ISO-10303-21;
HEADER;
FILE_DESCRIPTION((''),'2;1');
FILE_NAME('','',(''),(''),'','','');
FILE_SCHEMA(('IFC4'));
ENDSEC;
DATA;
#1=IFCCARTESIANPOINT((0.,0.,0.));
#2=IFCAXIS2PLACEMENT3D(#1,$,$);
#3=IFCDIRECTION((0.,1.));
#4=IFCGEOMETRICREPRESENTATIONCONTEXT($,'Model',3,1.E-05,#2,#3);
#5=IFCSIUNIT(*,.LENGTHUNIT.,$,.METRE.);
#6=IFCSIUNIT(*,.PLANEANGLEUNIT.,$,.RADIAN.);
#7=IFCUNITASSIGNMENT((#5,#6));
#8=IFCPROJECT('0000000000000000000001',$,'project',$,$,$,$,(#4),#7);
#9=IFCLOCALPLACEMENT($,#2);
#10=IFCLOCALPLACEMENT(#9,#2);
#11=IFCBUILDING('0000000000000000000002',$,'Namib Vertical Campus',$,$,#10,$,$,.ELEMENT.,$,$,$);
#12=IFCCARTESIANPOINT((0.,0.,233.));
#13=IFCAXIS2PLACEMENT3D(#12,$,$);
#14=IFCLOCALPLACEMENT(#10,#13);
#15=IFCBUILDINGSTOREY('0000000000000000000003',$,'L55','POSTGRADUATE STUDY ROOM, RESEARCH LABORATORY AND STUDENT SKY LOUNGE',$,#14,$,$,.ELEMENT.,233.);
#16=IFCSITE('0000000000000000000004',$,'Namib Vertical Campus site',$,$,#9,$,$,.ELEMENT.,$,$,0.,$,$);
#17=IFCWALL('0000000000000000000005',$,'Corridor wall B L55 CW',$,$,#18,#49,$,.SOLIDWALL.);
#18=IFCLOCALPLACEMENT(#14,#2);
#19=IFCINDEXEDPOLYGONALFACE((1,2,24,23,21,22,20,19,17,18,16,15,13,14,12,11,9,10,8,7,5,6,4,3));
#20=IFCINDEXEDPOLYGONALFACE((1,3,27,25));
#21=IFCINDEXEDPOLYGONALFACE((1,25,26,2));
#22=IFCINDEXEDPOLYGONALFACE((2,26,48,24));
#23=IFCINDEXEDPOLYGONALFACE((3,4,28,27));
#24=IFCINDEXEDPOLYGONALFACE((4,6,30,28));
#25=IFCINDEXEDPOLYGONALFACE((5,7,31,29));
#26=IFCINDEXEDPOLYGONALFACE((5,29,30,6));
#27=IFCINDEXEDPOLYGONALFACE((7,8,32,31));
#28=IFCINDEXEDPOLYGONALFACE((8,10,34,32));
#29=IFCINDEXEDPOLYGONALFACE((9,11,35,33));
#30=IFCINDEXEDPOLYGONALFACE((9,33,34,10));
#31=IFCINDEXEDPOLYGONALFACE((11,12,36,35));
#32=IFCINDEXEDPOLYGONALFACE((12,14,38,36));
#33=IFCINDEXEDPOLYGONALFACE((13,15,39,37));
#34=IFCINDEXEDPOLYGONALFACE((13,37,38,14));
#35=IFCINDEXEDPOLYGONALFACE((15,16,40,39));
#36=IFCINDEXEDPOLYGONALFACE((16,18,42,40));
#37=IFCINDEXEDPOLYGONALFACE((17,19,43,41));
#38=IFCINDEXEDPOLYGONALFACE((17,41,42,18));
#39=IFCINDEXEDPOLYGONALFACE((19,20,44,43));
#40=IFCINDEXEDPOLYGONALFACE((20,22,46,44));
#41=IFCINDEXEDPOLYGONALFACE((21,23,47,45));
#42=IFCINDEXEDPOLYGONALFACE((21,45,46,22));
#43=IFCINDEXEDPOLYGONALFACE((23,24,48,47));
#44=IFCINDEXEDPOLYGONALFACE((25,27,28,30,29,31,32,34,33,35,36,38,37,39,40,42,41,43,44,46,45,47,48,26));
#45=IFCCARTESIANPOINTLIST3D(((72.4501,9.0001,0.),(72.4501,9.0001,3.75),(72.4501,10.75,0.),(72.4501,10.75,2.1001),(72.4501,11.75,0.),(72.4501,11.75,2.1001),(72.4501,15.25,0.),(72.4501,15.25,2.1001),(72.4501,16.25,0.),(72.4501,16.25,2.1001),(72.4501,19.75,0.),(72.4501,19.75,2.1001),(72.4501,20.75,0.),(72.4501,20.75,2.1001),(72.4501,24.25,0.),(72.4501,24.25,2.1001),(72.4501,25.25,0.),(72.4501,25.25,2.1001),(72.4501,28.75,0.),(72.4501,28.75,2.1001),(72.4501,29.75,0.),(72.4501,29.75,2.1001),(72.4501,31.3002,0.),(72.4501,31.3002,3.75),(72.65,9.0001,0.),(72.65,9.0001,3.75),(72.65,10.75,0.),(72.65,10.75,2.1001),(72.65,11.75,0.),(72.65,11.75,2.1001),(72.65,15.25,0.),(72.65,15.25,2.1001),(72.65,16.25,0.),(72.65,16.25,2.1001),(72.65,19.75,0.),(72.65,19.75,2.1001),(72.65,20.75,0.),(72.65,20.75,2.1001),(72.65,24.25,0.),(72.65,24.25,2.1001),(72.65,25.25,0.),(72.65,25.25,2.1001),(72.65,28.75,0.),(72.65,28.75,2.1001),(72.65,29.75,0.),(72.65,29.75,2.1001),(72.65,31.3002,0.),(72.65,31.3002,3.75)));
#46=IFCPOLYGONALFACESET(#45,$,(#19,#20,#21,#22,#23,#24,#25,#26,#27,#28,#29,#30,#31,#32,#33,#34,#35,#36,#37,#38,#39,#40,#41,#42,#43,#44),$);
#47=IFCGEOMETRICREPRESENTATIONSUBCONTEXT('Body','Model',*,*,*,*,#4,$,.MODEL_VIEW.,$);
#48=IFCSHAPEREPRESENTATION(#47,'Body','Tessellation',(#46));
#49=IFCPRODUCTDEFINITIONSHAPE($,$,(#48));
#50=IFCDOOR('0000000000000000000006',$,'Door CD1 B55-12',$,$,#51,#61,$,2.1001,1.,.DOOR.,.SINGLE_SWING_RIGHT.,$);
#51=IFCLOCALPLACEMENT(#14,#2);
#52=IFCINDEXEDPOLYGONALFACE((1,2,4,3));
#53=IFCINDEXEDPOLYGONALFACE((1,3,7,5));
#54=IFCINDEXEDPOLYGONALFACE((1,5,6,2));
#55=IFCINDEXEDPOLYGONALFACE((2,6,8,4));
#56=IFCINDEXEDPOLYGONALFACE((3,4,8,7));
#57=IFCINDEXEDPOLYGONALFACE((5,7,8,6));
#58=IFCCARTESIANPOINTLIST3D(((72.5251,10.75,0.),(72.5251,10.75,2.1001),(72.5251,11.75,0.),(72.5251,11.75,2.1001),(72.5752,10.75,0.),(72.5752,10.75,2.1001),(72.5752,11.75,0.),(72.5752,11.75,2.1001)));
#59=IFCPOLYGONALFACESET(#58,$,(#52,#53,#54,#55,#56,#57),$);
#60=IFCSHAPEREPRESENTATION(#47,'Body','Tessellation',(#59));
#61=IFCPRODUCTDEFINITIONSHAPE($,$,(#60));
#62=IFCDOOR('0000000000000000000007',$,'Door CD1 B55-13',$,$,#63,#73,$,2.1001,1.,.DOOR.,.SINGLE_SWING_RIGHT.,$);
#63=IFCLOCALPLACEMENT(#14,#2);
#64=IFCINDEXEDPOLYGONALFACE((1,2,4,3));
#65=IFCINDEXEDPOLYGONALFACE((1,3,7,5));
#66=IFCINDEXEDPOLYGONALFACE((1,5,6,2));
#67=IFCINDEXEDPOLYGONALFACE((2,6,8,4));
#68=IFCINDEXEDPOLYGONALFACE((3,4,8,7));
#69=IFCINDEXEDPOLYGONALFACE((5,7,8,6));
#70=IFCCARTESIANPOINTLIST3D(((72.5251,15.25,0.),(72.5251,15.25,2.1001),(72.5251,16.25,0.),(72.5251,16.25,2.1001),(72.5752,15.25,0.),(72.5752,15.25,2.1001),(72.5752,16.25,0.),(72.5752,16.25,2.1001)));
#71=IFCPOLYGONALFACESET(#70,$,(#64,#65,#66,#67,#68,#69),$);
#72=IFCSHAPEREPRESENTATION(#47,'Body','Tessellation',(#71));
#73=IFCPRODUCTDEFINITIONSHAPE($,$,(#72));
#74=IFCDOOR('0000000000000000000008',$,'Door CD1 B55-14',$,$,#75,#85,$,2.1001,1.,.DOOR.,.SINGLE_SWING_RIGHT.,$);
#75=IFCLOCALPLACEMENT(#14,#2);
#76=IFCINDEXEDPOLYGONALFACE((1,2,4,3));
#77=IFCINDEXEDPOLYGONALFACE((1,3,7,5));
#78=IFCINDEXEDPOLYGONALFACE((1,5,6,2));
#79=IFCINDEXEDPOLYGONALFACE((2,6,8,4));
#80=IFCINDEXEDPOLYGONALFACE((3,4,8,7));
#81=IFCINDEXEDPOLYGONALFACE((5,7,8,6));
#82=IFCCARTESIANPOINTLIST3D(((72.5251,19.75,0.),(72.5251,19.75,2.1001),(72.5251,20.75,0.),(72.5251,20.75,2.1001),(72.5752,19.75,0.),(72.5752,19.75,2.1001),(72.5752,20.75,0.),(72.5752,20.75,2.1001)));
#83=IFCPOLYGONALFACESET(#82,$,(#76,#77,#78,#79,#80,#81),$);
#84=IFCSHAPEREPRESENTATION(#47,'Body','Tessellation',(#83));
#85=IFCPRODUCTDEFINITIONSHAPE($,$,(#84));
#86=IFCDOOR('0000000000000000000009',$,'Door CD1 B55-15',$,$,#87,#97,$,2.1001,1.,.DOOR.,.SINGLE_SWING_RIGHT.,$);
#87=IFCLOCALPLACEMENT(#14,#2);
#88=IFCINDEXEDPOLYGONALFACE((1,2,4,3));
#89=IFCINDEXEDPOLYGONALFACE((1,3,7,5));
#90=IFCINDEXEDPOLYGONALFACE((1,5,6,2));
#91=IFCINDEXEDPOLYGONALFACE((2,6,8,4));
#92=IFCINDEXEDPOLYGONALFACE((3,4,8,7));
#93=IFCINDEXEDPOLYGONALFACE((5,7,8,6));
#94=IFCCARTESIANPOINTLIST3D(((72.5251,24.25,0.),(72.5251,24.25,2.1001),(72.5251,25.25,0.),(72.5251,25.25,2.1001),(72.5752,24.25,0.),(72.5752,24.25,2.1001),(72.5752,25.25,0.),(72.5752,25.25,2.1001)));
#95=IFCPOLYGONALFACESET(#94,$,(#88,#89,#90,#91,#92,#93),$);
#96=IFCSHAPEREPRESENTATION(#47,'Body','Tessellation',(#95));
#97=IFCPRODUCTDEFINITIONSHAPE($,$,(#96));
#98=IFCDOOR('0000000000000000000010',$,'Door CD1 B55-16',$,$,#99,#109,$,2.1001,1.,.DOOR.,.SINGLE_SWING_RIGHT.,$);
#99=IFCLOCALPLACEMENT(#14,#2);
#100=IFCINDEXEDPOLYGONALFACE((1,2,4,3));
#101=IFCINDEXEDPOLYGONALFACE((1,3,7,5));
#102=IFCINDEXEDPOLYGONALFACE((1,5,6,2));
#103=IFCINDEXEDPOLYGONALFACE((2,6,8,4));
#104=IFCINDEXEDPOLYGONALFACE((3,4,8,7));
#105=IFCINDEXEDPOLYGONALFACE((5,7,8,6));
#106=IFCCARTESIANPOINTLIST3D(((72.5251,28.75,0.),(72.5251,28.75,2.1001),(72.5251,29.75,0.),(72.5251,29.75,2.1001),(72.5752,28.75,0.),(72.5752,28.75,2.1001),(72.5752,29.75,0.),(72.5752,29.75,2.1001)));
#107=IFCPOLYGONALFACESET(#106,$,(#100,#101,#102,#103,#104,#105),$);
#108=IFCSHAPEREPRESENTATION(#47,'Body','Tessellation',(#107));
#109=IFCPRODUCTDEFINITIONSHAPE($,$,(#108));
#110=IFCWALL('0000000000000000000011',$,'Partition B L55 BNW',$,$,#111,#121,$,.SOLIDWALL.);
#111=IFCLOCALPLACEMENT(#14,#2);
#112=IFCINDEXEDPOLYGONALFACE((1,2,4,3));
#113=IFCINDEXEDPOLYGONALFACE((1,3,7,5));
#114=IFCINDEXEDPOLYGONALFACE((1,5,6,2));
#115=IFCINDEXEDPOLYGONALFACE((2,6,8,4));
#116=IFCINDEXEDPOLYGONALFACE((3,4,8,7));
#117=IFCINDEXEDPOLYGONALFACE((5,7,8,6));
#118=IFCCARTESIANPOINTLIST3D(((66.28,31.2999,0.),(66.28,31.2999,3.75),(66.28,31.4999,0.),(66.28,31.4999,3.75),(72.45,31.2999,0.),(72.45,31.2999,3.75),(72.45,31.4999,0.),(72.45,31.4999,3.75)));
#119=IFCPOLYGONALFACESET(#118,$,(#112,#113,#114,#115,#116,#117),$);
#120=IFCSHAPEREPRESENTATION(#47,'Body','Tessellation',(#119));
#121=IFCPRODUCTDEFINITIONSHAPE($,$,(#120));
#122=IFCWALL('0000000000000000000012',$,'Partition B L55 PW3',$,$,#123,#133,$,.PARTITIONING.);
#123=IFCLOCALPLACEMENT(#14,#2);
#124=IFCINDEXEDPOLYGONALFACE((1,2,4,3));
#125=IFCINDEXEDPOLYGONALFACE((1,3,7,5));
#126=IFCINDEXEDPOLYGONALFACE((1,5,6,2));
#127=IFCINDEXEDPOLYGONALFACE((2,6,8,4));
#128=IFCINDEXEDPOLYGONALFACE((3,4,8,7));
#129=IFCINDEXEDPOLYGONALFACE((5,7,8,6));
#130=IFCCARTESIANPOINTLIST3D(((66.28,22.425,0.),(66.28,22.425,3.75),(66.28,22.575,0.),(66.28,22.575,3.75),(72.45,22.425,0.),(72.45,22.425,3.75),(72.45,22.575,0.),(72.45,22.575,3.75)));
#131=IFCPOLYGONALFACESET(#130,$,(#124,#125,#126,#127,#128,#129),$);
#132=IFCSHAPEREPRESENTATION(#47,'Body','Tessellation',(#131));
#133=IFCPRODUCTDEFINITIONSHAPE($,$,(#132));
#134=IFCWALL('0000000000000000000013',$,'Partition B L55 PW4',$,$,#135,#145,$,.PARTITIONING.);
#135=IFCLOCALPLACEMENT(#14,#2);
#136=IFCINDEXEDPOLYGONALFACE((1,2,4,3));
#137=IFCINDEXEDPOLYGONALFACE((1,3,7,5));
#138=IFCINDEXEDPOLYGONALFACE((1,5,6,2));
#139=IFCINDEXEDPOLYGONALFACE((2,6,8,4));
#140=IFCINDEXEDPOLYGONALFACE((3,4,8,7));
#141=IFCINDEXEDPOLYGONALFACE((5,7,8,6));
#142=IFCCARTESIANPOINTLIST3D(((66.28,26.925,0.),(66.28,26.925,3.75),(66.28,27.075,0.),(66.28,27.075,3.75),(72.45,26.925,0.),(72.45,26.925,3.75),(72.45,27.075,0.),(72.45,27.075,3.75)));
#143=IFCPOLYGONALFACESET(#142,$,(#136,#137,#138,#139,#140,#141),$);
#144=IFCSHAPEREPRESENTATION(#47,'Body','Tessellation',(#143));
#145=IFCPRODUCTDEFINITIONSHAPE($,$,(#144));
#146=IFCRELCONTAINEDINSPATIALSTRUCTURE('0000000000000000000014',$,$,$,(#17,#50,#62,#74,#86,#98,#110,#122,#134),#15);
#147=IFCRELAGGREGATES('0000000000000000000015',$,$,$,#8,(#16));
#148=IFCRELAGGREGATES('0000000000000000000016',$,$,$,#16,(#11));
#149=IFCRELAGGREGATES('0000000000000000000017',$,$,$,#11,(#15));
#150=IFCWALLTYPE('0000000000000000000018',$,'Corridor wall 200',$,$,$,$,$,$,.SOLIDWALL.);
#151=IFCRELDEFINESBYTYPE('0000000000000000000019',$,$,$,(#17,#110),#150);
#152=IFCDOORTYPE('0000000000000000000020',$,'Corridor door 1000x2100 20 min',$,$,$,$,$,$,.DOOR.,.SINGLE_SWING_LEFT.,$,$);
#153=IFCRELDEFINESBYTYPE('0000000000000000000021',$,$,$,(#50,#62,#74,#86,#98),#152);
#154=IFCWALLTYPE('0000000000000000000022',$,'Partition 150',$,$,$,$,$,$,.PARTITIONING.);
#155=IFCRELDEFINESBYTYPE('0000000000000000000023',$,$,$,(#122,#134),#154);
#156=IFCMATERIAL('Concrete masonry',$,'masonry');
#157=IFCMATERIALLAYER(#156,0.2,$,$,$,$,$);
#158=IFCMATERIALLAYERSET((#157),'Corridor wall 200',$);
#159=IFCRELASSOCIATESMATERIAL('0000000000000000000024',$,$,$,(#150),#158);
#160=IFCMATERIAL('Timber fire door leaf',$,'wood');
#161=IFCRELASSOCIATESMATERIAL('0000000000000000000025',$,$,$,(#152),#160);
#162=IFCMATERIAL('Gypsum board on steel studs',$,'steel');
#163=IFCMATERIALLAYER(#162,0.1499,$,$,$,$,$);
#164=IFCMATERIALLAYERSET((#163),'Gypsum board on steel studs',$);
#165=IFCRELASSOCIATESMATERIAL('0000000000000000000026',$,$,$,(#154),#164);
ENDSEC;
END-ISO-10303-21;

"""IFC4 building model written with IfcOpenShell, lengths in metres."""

from ifc_helpers import new_model, si_unit, direction, frame, frame_2d, origin, place, context, subcontext, project, spatial, rectangle, extrude, material, layer, layer_set, type_object, element, fill, save


model = new_model("IFC4")

# Units and contexts
model_context = context("Model", 3, precision=1e-05, world=origin(), true_north=direction((0.0, 1.0)))
body_context = subcontext(model_context, "Body", "Model", "MODEL_VIEW")
ifc_project = project(units=[si_unit("LENGTHUNIT", "METRE"), si_unit("PLANEANGLEUNIT", "RADIAN")], contexts=[model_context])

# Site, building, storey
site_placement = place(None, origin())
site = spatial("IfcSite", under=ifc_project, at=site_placement, Name="Namib Vertical Campus site", CompositionType="ELEMENT", RefElevation=0.0)
building_placement = place(site_placement, origin())
building = spatial("IfcBuilding", under=site, at=building_placement, Name="Namib Vertical Campus", CompositionType="ELEMENT")
storey_placement = place(building_placement, frame((0.0, 0.0, 233.0)))
storey = spatial("IfcBuildingStorey", under=building, at=storey_placement, Name="L55", Description="POSTGRADUATE STUDY ROOM, RESEARCH LABORATORY AND STUDENT SKY LOUNGE", CompositionType="ELEMENT", Elevation=233.0)

# Wall, openings, doors
ifc_material_1 = material(Name="Concrete masonry", Category="masonry")
ifc_layer_1 = layer(ifc_material_1, 0.2)
ifc_layer_set_1 = layer_set([ifc_layer_1], Name="Corridor wall 200")
wall_type_1 = type_object("IfcWallType", Name="Corridor wall 200", PredefinedType="SOLIDWALL", material=ifc_layer_set_1)
wall_1_placement = place(storey_placement, frame((72.55, 31.3, 0.0), z_axis=(0.0, 0.0, 1.0), x_axis=(0.0, -1.0, 0.0)))
wall_1 = element("IfcWall", 1, at=wall_1_placement, inside=storey, type_object=wall_type_1, Name="Corridor wall B L55 CW", PredefinedType="SOLIDWALL", context=body_context, shape_type="SweptSolid", body=[
    extrude(rectangle(XDim=22.3, YDim=0.2, at=frame_2d((11.1499, 0.0))), origin(), (0.0, 0.0, 1.0), 3.75),
])
opening_1_placement = place(wall_1_placement, frame((19.55, 0.0, 0.0)))
opening_1 = element("IfcOpeningElement", 2, at=opening_1_placement, cuts=wall_1, PredefinedType="OPENING", context=body_context, shape_type="SweptSolid", body=[
    extrude(rectangle(XDim=1.0, YDim=2.1001, at=frame_2d((0.5, 1.05))), frame((0.0, 0.1099, 0.0), z_axis=(0.0, -1.0, 0.0), x_axis=(1.0, 0.0, 0.0)), (0.0, 0.0, 1.0), 0.22),
])
opening_2_placement = place(wall_1_placement, frame((15.05, 0.0, 0.0)))
opening_2 = element("IfcOpeningElement", 3, at=opening_2_placement, cuts=wall_1, PredefinedType="OPENING", context=body_context, shape_type="SweptSolid", body=[
    extrude(rectangle(XDim=1.0, YDim=2.1001, at=frame_2d((0.5, 1.05))), frame((0.0, 0.1099, 0.0), z_axis=(0.0, -1.0, 0.0), x_axis=(1.0, 0.0, 0.0)), (0.0, 0.0, 1.0), 0.22),
])
opening_3_placement = place(wall_1_placement, frame((10.55, 0.0, 0.0)))
opening_3 = element("IfcOpeningElement", 4, at=opening_3_placement, cuts=wall_1, PredefinedType="OPENING", context=body_context, shape_type="SweptSolid", body=[
    extrude(rectangle(XDim=1.0, YDim=2.1001, at=frame_2d((0.5, 1.05))), frame((0.0, 0.1099, 0.0), z_axis=(0.0, -1.0, 0.0), x_axis=(1.0, 0.0, 0.0)), (0.0, 0.0, 1.0), 0.22),
])
opening_4_placement = place(wall_1_placement, frame((6.05, 0.0, 0.0)))
opening_4 = element("IfcOpeningElement", 5, at=opening_4_placement, cuts=wall_1, PredefinedType="OPENING", context=body_context, shape_type="SweptSolid", body=[
    extrude(rectangle(XDim=1.0, YDim=2.1001, at=frame_2d((0.5, 1.05))), frame((0.0, 0.1099, 0.0), z_axis=(0.0, -1.0, 0.0), x_axis=(1.0, 0.0, 0.0)), (0.0, 0.0, 1.0), 0.22),
])
opening_5_placement = place(wall_1_placement, frame((1.55, 0.0, 0.0)))
opening_5 = element("IfcOpeningElement", 6, at=opening_5_placement, cuts=wall_1, PredefinedType="OPENING", context=body_context, shape_type="SweptSolid", body=[
    extrude(rectangle(XDim=1.0, YDim=2.1001, at=frame_2d((0.5, 1.05))), frame((0.0, 0.1099, 0.0), z_axis=(0.0, -1.0, 0.0), x_axis=(1.0, 0.0, 0.0)), (0.0, 0.0, 1.0), 0.22),
])
ifc_material_2 = material(Name="Timber fire door leaf", Category="wood")
door_type = type_object("IfcDoorType", Name="Corridor door 1000x2100 20 min", OperationType="SINGLE_SWING_LEFT", PredefinedType="DOOR", material=ifc_material_2)
door_1_placement = place(opening_1_placement, frame((1.0, 0.0, 0.0), z_axis=(0.0, 0.0, 1.0), x_axis=(-1.0, 0.0, 0.0)))
door_1 = element("IfcDoor", 7, at=door_1_placement, inside=storey, type_object=door_type, Name="Door CD1 B55-12", OperationType="SINGLE_SWING_RIGHT", OverallHeight=2.1001, OverallWidth=1.0, PredefinedType="DOOR", context=body_context, shape_type="SweptSolid", body=[
    extrude(rectangle(XDim=1.0, YDim=2.1001, at=frame_2d((0.5, 1.05))), frame((0.0, 0.0249, 0.0), z_axis=(0.0, -1.0, 0.0), x_axis=(1.0, 0.0, 0.0)), (0.0, 0.0, 1.0), 0.05),
])
fill(opening_1, door_1)
door_2_placement = place(opening_2_placement, frame((1.0, 0.0, 0.0), z_axis=(0.0, 0.0, 1.0), x_axis=(-1.0, 0.0, 0.0)))
door_2 = element("IfcDoor", 8, at=door_2_placement, inside=storey, type_object=door_type, Name="Door CD1 B55-13", OperationType="SINGLE_SWING_RIGHT", OverallHeight=2.1001, OverallWidth=1.0, PredefinedType="DOOR", context=body_context, shape_type="SweptSolid", body=[
    extrude(rectangle(XDim=1.0, YDim=2.1001, at=frame_2d((0.5, 1.05))), frame((0.0, 0.0249, 0.0), z_axis=(0.0, -1.0, 0.0), x_axis=(1.0, 0.0, 0.0)), (0.0, 0.0, 1.0), 0.05),
])
fill(opening_2, door_2)
door_3_placement = place(opening_3_placement, frame((1.0, 0.0, 0.0), z_axis=(0.0, 0.0, 1.0), x_axis=(-1.0, 0.0, 0.0)))
door_3 = element("IfcDoor", 9, at=door_3_placement, inside=storey, type_object=door_type, Name="Door CD1 B55-14", OperationType="SINGLE_SWING_RIGHT", OverallHeight=2.1001, OverallWidth=1.0, PredefinedType="DOOR", context=body_context, shape_type="SweptSolid", body=[
    extrude(rectangle(XDim=1.0, YDim=2.1001, at=frame_2d((0.5, 1.05))), frame((0.0, 0.0249, 0.0), z_axis=(0.0, -1.0, 0.0), x_axis=(1.0, 0.0, 0.0)), (0.0, 0.0, 1.0), 0.05),
])
fill(opening_3, door_3)
door_4_placement = place(opening_4_placement, frame((1.0, 0.0, 0.0), z_axis=(0.0, 0.0, 1.0), x_axis=(-1.0, 0.0, 0.0)))
door_4 = element("IfcDoor", 10, at=door_4_placement, inside=storey, type_object=door_type, Name="Door CD1 B55-15", OperationType="SINGLE_SWING_RIGHT", OverallHeight=2.1001, OverallWidth=1.0, PredefinedType="DOOR", context=body_context, shape_type="SweptSolid", body=[
    extrude(rectangle(XDim=1.0, YDim=2.1001, at=frame_2d((0.5, 1.05))), frame((0.0, 0.0249, 0.0), z_axis=(0.0, -1.0, 0.0), x_axis=(1.0, 0.0, 0.0)), (0.0, 0.0, 1.0), 0.05),
])
fill(opening_4, door_4)
door_5_placement = place(opening_5_placement, frame((1.0, 0.0, 0.0), z_axis=(0.0, 0.0, 1.0), x_axis=(-1.0, 0.0, 0.0)))
door_5 = element("IfcDoor", 11, at=door_5_placement, inside=storey, type_object=door_type, Name="Door CD1 B55-16", OperationType="SINGLE_SWING_RIGHT", OverallHeight=2.1001, OverallWidth=1.0, PredefinedType="DOOR", context=body_context, shape_type="SweptSolid", body=[
    extrude(rectangle(XDim=1.0, YDim=2.1001, at=frame_2d((0.5, 1.05))), frame((0.0, 0.0249, 0.0), z_axis=(0.0, -1.0, 0.0), x_axis=(1.0, 0.0, 0.0)), (0.0, 0.0, 1.0), 0.05),
])
fill(opening_5, door_5)

# Walls
wall_2_placement = place(storey_placement, frame((66.28, 31.3999, 0.0), z_axis=(0.0, 0.0, 1.0), x_axis=(1.0, 0.0, 0.0)))
element("IfcWall", 12, at=wall_2_placement, inside=storey, type_object=wall_type_1, Name="Partition B L55 BNW", PredefinedType="SOLIDWALL", context=body_context, shape_type="SweptSolid", body=[
    extrude(rectangle(XDim=6.1699, YDim=0.2, at=frame_2d((3.085, 0.0))), origin(), (0.0, 0.0, 1.0), 3.75),
])
ifc_material_3 = material(Name="Gypsum board on steel studs", Category="steel")
ifc_layer_2 = layer(ifc_material_3, 0.1499)
ifc_layer_set_2 = layer_set([ifc_layer_2], Name="Gypsum board on steel studs")
wall_type_2 = type_object("IfcWallType", Name="Partition 150", PredefinedType="PARTITIONING", material=ifc_layer_set_2)
for number, where, z_axis, x_axis, name in (
    (13, (66.28, 22.5, 0.0), (0.0, 0.0, 1.0), (1.0, 0.0, 0.0), "Partition B L55 PW3"),
    (14, (66.28, 27.0, 0.0), (0.0, 0.0, 1.0), (1.0, 0.0, 0.0), "Partition B L55 PW4"),
):
    element("IfcWall", number, at=place(storey_placement, frame(where, z_axis=z_axis, x_axis=x_axis)), inside=storey, type_object=wall_type_2, Name=name, PredefinedType="PARTITIONING", context=body_context, shape_type="SweptSolid", body=[
        extrude(rectangle(XDim=6.1699, YDim=0.1499, at=frame_2d((3.085, 0.0))), origin(), (0.0, 0.0, 1.0), 3.75),
    ])

save(model, "model.ifc")
